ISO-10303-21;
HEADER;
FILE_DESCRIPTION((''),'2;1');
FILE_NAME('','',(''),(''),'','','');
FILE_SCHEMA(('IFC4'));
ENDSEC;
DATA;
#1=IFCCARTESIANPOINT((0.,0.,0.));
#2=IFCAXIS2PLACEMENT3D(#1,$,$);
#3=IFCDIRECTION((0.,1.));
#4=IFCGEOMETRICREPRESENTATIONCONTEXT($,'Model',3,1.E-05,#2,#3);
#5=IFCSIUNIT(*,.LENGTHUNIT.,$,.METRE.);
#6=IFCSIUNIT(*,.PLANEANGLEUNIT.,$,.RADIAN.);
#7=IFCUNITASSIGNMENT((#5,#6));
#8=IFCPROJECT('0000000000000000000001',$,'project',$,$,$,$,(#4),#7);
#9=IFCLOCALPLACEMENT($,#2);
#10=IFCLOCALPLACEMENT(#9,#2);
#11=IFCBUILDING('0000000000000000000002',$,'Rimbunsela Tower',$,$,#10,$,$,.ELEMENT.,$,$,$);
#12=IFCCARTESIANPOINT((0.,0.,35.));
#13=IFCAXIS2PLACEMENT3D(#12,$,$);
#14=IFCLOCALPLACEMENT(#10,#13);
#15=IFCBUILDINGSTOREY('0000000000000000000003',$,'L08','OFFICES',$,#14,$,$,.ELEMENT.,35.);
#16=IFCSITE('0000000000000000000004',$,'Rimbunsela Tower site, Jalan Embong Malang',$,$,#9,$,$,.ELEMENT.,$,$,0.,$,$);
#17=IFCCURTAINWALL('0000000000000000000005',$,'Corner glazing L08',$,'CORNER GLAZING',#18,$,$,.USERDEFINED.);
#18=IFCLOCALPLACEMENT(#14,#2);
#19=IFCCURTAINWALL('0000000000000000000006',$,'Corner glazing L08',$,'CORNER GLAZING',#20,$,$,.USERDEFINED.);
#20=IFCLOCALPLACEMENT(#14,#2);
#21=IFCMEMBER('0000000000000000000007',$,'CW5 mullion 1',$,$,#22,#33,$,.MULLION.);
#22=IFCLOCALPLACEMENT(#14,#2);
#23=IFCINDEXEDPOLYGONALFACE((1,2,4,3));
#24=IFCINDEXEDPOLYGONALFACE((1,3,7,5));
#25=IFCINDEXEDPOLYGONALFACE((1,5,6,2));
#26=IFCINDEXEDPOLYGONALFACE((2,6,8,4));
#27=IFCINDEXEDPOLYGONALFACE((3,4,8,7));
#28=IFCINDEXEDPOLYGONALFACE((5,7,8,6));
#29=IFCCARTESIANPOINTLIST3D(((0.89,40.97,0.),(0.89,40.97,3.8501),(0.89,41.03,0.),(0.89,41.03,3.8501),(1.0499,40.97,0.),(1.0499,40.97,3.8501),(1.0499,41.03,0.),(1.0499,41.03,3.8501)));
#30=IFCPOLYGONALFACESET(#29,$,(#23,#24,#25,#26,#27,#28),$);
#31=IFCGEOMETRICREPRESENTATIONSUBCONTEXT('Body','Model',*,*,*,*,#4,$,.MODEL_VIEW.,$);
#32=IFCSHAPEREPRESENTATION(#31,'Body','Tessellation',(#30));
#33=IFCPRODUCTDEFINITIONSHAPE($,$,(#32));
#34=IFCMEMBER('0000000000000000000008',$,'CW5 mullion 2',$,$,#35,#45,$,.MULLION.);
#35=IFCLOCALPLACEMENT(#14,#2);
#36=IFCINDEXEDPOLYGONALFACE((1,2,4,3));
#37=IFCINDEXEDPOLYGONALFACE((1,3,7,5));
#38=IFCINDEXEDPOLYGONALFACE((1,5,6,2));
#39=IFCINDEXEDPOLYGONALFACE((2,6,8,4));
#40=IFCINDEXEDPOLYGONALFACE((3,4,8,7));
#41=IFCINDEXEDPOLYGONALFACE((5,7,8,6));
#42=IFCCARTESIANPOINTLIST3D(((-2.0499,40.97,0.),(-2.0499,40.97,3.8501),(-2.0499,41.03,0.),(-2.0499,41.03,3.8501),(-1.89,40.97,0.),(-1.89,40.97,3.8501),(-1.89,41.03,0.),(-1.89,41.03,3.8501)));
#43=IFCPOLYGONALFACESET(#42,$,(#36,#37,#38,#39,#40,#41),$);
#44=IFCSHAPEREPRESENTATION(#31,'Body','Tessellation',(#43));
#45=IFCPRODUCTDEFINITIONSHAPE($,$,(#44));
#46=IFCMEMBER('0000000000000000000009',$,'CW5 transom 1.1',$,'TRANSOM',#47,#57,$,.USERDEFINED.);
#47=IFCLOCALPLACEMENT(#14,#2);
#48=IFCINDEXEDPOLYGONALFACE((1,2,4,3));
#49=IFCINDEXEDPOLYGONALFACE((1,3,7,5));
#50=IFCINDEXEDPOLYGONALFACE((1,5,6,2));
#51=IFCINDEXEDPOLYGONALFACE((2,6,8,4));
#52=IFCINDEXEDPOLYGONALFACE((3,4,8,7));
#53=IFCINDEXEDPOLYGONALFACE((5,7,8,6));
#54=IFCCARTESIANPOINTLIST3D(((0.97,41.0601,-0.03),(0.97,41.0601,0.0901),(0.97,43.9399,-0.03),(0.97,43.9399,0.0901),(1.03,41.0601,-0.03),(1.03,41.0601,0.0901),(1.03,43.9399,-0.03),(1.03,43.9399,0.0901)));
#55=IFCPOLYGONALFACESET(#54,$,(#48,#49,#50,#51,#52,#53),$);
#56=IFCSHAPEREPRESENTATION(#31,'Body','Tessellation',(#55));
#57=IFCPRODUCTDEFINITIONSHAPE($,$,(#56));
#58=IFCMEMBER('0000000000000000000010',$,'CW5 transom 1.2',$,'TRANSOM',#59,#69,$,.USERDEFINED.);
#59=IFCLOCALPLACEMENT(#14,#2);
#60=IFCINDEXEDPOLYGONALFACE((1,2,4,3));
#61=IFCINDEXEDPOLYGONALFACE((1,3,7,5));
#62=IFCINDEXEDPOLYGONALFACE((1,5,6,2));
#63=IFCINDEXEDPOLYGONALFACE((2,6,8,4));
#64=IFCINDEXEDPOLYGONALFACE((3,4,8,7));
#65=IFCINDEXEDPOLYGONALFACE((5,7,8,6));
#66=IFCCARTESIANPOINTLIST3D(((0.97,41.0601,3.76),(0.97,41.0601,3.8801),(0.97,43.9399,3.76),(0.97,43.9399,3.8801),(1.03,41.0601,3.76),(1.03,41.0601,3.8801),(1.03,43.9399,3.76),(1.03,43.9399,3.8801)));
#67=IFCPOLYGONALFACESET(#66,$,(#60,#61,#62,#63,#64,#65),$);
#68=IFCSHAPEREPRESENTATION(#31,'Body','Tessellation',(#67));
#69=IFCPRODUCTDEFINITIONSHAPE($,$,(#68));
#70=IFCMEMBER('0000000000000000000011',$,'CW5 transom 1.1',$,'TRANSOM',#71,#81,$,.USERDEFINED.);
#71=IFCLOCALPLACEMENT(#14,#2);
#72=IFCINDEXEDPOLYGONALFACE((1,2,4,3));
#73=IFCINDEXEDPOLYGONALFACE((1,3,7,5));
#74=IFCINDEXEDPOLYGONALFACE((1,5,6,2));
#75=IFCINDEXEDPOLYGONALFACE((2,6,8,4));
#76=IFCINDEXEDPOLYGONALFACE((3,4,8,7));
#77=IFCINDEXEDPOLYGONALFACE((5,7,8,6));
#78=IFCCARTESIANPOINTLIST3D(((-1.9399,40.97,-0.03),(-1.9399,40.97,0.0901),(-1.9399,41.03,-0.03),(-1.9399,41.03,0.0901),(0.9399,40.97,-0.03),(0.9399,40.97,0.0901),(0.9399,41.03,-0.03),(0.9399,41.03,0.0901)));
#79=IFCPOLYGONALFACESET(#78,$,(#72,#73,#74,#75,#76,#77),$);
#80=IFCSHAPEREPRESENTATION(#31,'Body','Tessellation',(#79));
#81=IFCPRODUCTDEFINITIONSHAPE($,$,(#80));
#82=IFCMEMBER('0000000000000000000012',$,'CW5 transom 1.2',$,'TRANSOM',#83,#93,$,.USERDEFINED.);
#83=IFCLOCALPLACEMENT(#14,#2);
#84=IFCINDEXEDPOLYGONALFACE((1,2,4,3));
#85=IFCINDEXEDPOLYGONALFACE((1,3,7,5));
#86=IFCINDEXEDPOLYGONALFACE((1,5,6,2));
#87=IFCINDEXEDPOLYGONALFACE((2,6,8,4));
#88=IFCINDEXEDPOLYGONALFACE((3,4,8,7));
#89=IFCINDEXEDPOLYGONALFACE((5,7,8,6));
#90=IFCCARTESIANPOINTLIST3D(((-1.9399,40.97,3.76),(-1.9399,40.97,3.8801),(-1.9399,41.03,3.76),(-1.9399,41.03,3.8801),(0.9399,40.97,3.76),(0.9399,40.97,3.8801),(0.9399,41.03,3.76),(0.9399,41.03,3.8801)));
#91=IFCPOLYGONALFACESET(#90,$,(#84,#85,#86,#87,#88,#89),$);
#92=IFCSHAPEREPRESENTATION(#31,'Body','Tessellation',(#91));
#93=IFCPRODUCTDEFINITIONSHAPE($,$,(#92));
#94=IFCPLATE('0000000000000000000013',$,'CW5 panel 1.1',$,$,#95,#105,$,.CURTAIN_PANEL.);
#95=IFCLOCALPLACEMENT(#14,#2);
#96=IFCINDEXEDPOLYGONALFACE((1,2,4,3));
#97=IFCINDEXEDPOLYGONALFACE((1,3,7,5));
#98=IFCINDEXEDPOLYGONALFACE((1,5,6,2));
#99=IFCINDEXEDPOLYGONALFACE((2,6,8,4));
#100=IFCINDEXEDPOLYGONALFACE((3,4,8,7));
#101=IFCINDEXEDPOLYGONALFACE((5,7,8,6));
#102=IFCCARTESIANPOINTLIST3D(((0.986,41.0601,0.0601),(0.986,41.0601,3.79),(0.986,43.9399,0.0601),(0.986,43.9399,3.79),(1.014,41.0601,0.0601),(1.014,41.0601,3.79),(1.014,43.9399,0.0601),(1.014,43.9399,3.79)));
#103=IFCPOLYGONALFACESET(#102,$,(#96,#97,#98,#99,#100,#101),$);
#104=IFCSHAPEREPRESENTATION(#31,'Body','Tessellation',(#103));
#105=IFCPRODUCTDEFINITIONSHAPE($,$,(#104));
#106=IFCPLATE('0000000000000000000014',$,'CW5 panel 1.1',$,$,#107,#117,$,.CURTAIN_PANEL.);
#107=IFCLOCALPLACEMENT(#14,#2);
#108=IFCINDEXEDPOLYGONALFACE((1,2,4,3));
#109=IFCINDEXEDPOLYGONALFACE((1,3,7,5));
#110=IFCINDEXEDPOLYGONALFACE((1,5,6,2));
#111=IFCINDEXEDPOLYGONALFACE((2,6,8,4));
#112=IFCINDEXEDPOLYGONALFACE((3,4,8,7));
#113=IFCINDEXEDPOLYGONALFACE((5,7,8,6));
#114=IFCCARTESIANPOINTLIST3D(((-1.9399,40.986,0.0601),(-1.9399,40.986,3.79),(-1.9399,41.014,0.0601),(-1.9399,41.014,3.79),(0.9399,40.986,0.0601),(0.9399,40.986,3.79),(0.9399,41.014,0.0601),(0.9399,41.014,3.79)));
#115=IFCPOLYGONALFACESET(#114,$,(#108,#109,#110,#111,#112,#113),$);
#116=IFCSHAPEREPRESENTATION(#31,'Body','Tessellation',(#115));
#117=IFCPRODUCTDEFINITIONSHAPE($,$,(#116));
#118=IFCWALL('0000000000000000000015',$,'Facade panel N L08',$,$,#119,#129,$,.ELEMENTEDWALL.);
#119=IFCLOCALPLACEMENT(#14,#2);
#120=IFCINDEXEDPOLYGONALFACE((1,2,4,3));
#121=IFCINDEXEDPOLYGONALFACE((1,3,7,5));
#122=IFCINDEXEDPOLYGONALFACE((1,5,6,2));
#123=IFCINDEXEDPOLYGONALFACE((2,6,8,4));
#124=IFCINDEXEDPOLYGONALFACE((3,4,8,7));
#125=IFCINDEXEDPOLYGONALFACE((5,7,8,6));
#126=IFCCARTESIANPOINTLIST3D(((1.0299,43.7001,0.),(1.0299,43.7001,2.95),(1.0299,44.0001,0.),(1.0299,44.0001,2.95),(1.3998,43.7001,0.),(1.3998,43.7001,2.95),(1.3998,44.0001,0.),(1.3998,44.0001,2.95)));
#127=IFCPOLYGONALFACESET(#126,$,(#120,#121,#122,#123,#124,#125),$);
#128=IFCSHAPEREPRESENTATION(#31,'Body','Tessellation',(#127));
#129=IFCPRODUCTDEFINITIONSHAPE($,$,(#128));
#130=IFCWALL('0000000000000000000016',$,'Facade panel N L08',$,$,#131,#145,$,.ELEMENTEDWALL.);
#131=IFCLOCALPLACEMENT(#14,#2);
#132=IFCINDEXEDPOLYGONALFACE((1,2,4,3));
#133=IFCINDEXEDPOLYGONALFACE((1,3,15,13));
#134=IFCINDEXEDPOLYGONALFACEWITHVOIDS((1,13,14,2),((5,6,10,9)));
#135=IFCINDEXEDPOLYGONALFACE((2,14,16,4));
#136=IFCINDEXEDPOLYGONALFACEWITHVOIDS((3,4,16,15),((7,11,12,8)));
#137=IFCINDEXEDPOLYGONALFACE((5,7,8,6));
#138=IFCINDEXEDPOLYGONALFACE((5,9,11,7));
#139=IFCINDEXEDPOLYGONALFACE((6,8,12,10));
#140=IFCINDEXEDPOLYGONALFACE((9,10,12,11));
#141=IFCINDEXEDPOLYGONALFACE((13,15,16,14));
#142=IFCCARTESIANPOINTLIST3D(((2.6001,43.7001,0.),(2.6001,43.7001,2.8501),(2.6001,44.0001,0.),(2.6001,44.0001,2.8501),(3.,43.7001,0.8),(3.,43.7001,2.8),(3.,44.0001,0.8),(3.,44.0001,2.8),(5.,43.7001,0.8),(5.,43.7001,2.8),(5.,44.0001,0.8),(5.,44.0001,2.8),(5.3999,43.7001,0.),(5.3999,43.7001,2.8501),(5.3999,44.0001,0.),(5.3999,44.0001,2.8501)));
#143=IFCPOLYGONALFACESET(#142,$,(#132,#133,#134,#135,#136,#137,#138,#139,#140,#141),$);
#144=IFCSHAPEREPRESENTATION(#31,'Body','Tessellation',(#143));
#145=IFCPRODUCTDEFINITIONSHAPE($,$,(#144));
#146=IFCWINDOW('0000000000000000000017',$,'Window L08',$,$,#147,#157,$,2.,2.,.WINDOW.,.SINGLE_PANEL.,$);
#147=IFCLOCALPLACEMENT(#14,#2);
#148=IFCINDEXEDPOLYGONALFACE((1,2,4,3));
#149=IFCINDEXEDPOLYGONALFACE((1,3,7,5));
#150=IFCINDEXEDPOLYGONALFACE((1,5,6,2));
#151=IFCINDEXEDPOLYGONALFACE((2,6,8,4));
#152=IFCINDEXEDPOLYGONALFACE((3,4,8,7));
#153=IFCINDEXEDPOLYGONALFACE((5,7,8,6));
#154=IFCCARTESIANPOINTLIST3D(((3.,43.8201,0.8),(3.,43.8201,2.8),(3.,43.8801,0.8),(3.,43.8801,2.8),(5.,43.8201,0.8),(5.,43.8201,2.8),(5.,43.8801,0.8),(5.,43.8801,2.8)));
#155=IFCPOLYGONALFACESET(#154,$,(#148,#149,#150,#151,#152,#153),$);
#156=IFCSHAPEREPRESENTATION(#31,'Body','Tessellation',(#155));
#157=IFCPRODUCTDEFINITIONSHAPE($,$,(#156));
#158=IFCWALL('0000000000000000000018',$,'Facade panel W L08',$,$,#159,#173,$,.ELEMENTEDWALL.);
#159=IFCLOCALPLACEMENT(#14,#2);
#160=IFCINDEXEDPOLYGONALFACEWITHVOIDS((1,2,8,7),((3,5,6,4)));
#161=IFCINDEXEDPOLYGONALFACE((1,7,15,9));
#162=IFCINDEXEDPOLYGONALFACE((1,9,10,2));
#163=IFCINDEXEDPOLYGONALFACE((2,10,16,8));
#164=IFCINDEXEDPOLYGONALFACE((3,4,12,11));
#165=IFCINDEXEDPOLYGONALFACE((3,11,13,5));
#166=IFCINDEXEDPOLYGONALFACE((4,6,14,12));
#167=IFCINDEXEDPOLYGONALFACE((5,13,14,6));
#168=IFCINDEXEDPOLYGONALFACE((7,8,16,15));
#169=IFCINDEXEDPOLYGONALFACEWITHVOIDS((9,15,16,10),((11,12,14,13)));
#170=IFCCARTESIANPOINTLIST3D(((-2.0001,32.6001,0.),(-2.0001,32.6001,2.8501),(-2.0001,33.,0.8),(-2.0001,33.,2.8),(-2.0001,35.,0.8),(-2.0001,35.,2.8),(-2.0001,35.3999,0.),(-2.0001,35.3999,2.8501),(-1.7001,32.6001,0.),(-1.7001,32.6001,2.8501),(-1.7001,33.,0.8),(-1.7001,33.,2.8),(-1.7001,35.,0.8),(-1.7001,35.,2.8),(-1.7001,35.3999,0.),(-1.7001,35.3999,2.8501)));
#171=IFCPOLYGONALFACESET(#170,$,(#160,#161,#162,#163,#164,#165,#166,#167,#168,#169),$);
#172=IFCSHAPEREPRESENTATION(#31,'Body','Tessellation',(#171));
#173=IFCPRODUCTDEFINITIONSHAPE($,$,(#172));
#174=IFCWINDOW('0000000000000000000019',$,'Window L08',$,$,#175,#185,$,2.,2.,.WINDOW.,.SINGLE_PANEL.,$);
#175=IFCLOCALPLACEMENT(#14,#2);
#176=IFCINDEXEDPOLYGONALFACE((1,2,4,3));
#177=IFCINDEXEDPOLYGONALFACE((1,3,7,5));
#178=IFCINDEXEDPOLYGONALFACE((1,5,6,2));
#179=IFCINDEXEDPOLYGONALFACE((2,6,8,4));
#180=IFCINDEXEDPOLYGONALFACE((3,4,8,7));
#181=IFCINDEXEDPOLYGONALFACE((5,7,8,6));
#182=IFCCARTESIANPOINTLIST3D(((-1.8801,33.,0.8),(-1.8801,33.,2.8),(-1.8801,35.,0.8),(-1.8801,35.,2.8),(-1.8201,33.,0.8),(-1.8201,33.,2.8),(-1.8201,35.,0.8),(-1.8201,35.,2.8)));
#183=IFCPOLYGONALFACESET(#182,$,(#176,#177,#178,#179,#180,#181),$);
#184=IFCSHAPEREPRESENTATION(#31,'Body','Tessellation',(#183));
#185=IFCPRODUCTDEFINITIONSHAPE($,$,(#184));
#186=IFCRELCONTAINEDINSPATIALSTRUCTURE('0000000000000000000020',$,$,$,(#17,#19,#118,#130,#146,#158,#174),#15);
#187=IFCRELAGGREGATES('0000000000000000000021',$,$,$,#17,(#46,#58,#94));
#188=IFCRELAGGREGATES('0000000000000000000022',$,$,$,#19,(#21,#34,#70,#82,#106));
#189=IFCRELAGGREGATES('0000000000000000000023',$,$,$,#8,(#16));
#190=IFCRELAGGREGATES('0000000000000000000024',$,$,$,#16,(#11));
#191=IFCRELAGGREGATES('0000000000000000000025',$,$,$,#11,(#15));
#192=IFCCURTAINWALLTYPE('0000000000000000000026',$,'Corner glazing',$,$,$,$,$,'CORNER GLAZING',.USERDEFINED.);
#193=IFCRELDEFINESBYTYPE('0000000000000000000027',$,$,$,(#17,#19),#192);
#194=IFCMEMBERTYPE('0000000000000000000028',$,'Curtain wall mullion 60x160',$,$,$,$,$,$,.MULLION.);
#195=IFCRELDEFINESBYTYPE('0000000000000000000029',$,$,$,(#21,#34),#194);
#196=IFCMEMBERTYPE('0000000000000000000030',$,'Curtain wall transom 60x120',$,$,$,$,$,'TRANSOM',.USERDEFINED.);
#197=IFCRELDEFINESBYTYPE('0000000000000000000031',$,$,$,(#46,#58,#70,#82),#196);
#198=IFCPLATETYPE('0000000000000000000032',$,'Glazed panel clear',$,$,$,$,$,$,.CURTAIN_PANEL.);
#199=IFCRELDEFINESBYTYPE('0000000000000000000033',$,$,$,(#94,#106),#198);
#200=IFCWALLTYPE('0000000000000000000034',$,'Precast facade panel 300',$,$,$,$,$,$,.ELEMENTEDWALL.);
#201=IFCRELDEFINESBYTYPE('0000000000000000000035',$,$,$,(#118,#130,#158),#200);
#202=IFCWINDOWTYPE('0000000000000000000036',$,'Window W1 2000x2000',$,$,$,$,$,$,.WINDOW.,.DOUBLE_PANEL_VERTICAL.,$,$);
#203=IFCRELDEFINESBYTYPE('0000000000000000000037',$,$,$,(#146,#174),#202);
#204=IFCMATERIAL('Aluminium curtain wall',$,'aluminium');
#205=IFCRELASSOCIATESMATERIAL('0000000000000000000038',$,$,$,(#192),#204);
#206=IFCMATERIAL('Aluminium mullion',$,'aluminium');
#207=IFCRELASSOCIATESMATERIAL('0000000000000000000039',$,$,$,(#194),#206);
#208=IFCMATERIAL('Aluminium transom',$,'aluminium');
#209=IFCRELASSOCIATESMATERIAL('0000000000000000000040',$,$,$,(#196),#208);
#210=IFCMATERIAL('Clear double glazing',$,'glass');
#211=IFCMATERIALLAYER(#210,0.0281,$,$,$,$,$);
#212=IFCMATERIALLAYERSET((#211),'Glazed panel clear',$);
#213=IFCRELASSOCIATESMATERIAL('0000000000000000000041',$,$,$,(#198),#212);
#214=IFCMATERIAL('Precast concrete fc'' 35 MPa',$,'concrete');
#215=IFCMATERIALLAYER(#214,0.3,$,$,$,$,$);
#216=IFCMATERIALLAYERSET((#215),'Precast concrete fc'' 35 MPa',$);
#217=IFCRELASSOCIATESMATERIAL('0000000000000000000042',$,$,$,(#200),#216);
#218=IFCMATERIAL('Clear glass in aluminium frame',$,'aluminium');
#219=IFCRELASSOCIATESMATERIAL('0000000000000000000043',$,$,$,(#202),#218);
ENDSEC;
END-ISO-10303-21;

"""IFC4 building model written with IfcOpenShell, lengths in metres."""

from ifc_helpers import new_model, si_unit, direction, frame, frame_2d, origin, origin_2d, place, context, subcontext, project, spatial, rectangle, extrude, material, layer, layer_set, material_profile, profile_set, type_object, element, fill, aggregate, save


model = new_model("IFC4")

# Units and contexts
model_context = context("Model", 3, precision=1e-05, world=origin(), true_north=direction((0.0, 1.0)))
body_context = subcontext(model_context, "Body", "Model", "MODEL_VIEW")
ifc_project = project(units=[si_unit("LENGTHUNIT", "METRE"), si_unit("PLANEANGLEUNIT", "RADIAN")], contexts=[model_context])

# Site, building, storey
site_placement = place(None, origin())
site = spatial("IfcSite", under=ifc_project, at=site_placement, Name="Rimbunsela Tower site, Jalan Embong Malang", CompositionType="ELEMENT", RefElevation=0.0)
building_placement = place(site_placement, origin())
building = spatial("IfcBuilding", under=site, at=building_placement, Name="Rimbunsela Tower", CompositionType="ELEMENT")
storey_placement = place(building_placement, frame((0.0, 0.0, 35.0)))
storey = spatial("IfcBuildingStorey", under=building, at=storey_placement, Name="L08", Description="OFFICES", CompositionType="ELEMENT", Elevation=35.0)

# Curtain walls, members
ifc_material_1 = material(Name="Aluminium curtain wall", Category="aluminium")
curtain_wall_type = type_object("IfcCurtainWallType", Name="Corner glazing", ElementType="CORNER GLAZING", PredefinedType="USERDEFINED", material=ifc_material_1)
curtain_wall_1_placement = place(storey_placement, origin())
curtain_wall_1 = element("IfcCurtainWall", 1, at=curtain_wall_1_placement, inside=storey, type_object=curtain_wall_type, Name="Corner glazing L08", ObjectType="CORNER GLAZING", PredefinedType="USERDEFINED")
ifc_material_2 = material(Name="Aluminium mullion", Category="aluminium")
ifc_material_profile_1 = material_profile(ifc_material_2, rectangle(XDim=0.0601, YDim=0.1599, at=origin_2d()), Name="Mullion 60x160")
ifc_profile_set_1 = profile_set([ifc_material_profile_1], Name="Aluminium mullion")
member_type_1 = type_object("IfcMemberType", Name="Curtain wall mullion 60x160", PredefinedType="MULLION", material=ifc_profile_set_1)
curtain_wall_2_placement = place(storey_placement, origin())
curtain_wall_2 = element("IfcCurtainWall", 2, at=curtain_wall_2_placement, inside=storey, type_object=curtain_wall_type, Name="Corner glazing L08", ObjectType="CORNER GLAZING", PredefinedType="USERDEFINED")
member_1_placement = place(storey_placement, frame((0.97, 41.0, 0.0), z_axis=(0.0, 0.0, 1.0), x_axis=(0.0, -1.0, 0.0)))
member_1 = element("IfcMember", 3, at=member_1_placement, type_object=member_type_1, Name="CW5 mullion 1", PredefinedType="MULLION", context=body_context, shape_type="SweptSolid", body=[
    extrude(rectangle(XDim=0.0601, YDim=0.1599, at=origin_2d()), origin(), (0.0, 0.0, 1.0), 3.8501),
])
member_2_placement = place(storey_placement, frame((-1.97, 41.0, 0.0), z_axis=(0.0, 0.0, 1.0), x_axis=(0.0, -1.0, 0.0)))
member_2 = element("IfcMember", 4, at=member_2_placement, type_object=member_type_1, Name="CW5 mullion 2", PredefinedType="MULLION", context=body_context, shape_type="SweptSolid", body=[
    extrude(rectangle(XDim=0.0601, YDim=0.1599, at=origin_2d()), origin(), (0.0, 0.0, 1.0), 3.8501),
])

# Members
ifc_material_3 = material(Name="Aluminium transom", Category="aluminium")
ifc_material_profile_2 = material_profile(ifc_material_3, rectangle(XDim=0.0601, YDim=0.1201, at=origin_2d()), Name="Transom 60x120")
ifc_profile_set_2 = profile_set([ifc_material_profile_2], Name="Aluminium transom")
member_type_2 = type_object("IfcMemberType", Name="Curtain wall transom 60x120", ElementType="TRANSOM", PredefinedType="USERDEFINED", material=ifc_profile_set_2)
member_3_placement = place(storey_placement, frame((1.0, 43.9399, 0.03), z_axis=(0.0, -1.0, 0.0), x_axis=(1.0, 0.0, 0.0)))
member_3 = element("IfcMember", 5, at=member_3_placement, type_object=member_type_2, Name="CW5 transom 1.1", ObjectType="TRANSOM", PredefinedType="USERDEFINED", context=body_context, shape_type="SweptSolid", body=[
    extrude(rectangle(XDim=0.0601, YDim=0.1201, at=origin_2d()), origin(), (0.0, 0.0, 1.0), 2.8799),
])
member_4_placement = place(storey_placement, frame((1.0, 43.9399, 3.8201), z_axis=(0.0, -1.0, 0.0), x_axis=(1.0, 0.0, 0.0)))
member_4 = element("IfcMember", 6, at=member_4_placement, type_object=member_type_2, Name="CW5 transom 1.2", ObjectType="TRANSOM", PredefinedType="USERDEFINED", context=body_context, shape_type="SweptSolid", body=[
    extrude(rectangle(XDim=0.0601, YDim=0.1201, at=origin_2d()), origin(), (0.0, 0.0, 1.0), 2.8799),
])
member_5_placement = place(storey_placement, frame((0.9399, 41.0, 0.03), z_axis=(-1.0, 0.0, 0.0), x_axis=(0.0, -1.0, 0.0)))
member_5 = element("IfcMember", 7, at=member_5_placement, type_object=member_type_2, Name="CW5 transom 1.1", ObjectType="TRANSOM", PredefinedType="USERDEFINED", context=body_context, shape_type="SweptSolid", body=[
    extrude(rectangle(XDim=0.0601, YDim=0.1201, at=origin_2d()), origin(), (0.0, 0.0, 1.0), 2.8799),
])
member_6_placement = place(storey_placement, frame((0.9399, 41.0, 3.8201), z_axis=(-1.0, 0.0, 0.0), x_axis=(0.0, -1.0, 0.0)))
member_6 = element("IfcMember", 8, at=member_6_placement, type_object=member_type_2, Name="CW5 transom 1.2", ObjectType="TRANSOM", PredefinedType="USERDEFINED", context=body_context, shape_type="SweptSolid", body=[
    extrude(rectangle(XDim=0.0601, YDim=0.1201, at=origin_2d()), origin(), (0.0, 0.0, 1.0), 2.8799),
])

# Plates
ifc_material_4 = material(Name="Clear double glazing", Category="glass")
ifc_layer_1 = layer(ifc_material_4, 0.0281)
ifc_layer_set_1 = layer_set([ifc_layer_1], Name="Glazed panel clear")
plate_type = type_object("IfcPlateType", Name="Glazed panel clear", PredefinedType="CURTAIN_PANEL", material=ifc_layer_set_1)
plate_1_placement = place(storey_placement, frame((1.0, 42.5, 0.0601), z_axis=(0.0, 0.0, 1.0), x_axis=(0.0, -1.0, 0.0)))
plate_1 = element("IfcPlate", 9, at=plate_1_placement, type_object=plate_type, Name="CW5 panel 1.1", PredefinedType="CURTAIN_PANEL", context=body_context, shape_type="SweptSolid", body=[
    extrude(rectangle(XDim=2.8799, YDim=0.0281, at=origin_2d()), origin(), (0.0, 0.0, 1.0), 3.73),
])
aggregate(curtain_wall_1, [member_3, member_4, plate_1])
plate_2_placement = place(storey_placement, frame((-0.5, 41.0, 0.0601), z_axis=(0.0, 0.0, 1.0), x_axis=(-1.0, 0.0, 0.0)))
plate_2 = element("IfcPlate", 10, at=plate_2_placement, type_object=plate_type, Name="CW5 panel 1.1", PredefinedType="CURTAIN_PANEL", context=body_context, shape_type="SweptSolid", body=[
    extrude(rectangle(XDim=2.8799, YDim=0.0281, at=origin_2d()), origin(), (0.0, 0.0, 1.0), 3.73),
])
aggregate(curtain_wall_2, [member_1, member_2, member_5, member_6, plate_2])

# Wall
ifc_material_5 = material(Name="Precast concrete fc' 35 MPa", Category="concrete")
ifc_layer_2 = layer(ifc_material_5, 0.3)
ifc_layer_set_2 = layer_set([ifc_layer_2], Name="Precast concrete fc' 35 MPa")
wall_type = type_object("IfcWallType", Name="Precast facade panel 300", PredefinedType="ELEMENTEDWALL", material=ifc_layer_set_2)
wall_1_placement = place(storey_placement, frame((1.3999, 43.8501, 0.0), z_axis=(0.0, 0.0, 1.0), x_axis=(-1.0, 0.0, 0.0)))
element("IfcWall", 11, at=wall_1_placement, inside=storey, type_object=wall_type, Name="Facade panel N L08", PredefinedType="ELEMENTEDWALL", context=body_context, shape_type="SweptSolid", body=[
    extrude(rectangle(XDim=0.3699, YDim=0.3, at=frame_2d((0.1851, 0.0))), origin(), (0.0, 0.0, 1.0), 2.95),
])

# Walls, openings, windows
wall_2_placement = place(storey_placement, frame((5.3999, 43.8501, 0.0), z_axis=(0.0, 0.0, 1.0), x_axis=(-1.0, 0.0, 0.0)))
wall_2 = element("IfcWall", 12, at=wall_2_placement, inside=storey, type_object=wall_type, Name="Facade panel N L08", PredefinedType="ELEMENTEDWALL", context=body_context, shape_type="SweptSolid", body=[
    extrude(rectangle(XDim=2.7998, YDim=0.3, at=frame_2d((1.3999, 0.0))), origin(), (0.0, 0.0, 1.0), 2.8501),
])
opening_1_placement = place(wall_2_placement, frame((0.3999, 0.0, 0.8)))
opening_1 = element("IfcOpeningElement", 13, at=opening_1_placement, cuts=wall_2, PredefinedType="OPENING", context=body_context, shape_type="SweptSolid", body=[
    extrude(rectangle(XDim=2.0, YDim=2.0, at=frame_2d((1.0, 1.0))), frame((0.0, 0.1599, 0.0), z_axis=(0.0, -1.0, 0.0), x_axis=(1.0, 0.0, 0.0)), (0.0, 0.0, 1.0), 0.3201),
])
ifc_material_6 = material(Name="Clear glass in aluminium frame", Category="aluminium")
window_type = type_object("IfcWindowType", Name="Window W1 2000x2000", PartitioningType="DOUBLE_PANEL_VERTICAL", PredefinedType="WINDOW", material=ifc_material_6)
window_1_placement = place(opening_1_placement, origin())
window_1 = element("IfcWindow", 14, at=window_1_placement, inside=storey, type_object=window_type, Name="Window L08", OverallHeight=2.0, OverallWidth=2.0, PartitioningType="SINGLE_PANEL", PredefinedType="WINDOW", context=body_context, shape_type="SweptSolid", body=[
    extrude(rectangle(XDim=2.0, YDim=2.0, at=frame_2d((1.0, 1.0))), frame((0.0, 0.03, 0.0), z_axis=(0.0, -1.0, 0.0), x_axis=(1.0, 0.0, 0.0)), (0.0, 0.0, 1.0), 0.0601),
])
fill(opening_1, window_1)
wall_3_placement = place(storey_placement, frame((-1.8501, 35.3999, 0.0), z_axis=(0.0, 0.0, 1.0), x_axis=(0.0, -1.0, 0.0)))
wall_3 = element("IfcWall", 15, at=wall_3_placement, inside=storey, type_object=wall_type, Name="Facade panel W L08", PredefinedType="ELEMENTEDWALL", context=body_context, shape_type="SweptSolid", body=[
    extrude(rectangle(XDim=2.7998, YDim=0.3, at=frame_2d((1.3999, 0.0))), origin(), (0.0, 0.0, 1.0), 2.8501),
])
opening_2_placement = place(wall_3_placement, frame((0.3999, 0.0, 0.8)))
opening_2 = element("IfcOpeningElement", 16, at=opening_2_placement, cuts=wall_3, PredefinedType="OPENING", context=body_context, shape_type="SweptSolid", body=[
    extrude(rectangle(XDim=2.0, YDim=2.0, at=frame_2d((1.0, 1.0))), frame((0.0, 0.1599, 0.0), z_axis=(0.0, -1.0, 0.0), x_axis=(1.0, 0.0, 0.0)), (0.0, 0.0, 1.0), 0.3201),
])
window_2_placement = place(opening_2_placement, origin())
window_2 = element("IfcWindow", 17, at=window_2_placement, inside=storey, type_object=window_type, Name="Window L08", OverallHeight=2.0, OverallWidth=2.0, PartitioningType="SINGLE_PANEL", PredefinedType="WINDOW", context=body_context, shape_type="SweptSolid", body=[
    extrude(rectangle(XDim=2.0, YDim=2.0, at=frame_2d((1.0, 1.0))), frame((0.0, 0.03, 0.0), z_axis=(0.0, -1.0, 0.0), x_axis=(1.0, 0.0, 0.0)), (0.0, 0.0, 1.0), 0.0601),
])
fill(opening_2, window_2)

save(model, "model.ifc")
